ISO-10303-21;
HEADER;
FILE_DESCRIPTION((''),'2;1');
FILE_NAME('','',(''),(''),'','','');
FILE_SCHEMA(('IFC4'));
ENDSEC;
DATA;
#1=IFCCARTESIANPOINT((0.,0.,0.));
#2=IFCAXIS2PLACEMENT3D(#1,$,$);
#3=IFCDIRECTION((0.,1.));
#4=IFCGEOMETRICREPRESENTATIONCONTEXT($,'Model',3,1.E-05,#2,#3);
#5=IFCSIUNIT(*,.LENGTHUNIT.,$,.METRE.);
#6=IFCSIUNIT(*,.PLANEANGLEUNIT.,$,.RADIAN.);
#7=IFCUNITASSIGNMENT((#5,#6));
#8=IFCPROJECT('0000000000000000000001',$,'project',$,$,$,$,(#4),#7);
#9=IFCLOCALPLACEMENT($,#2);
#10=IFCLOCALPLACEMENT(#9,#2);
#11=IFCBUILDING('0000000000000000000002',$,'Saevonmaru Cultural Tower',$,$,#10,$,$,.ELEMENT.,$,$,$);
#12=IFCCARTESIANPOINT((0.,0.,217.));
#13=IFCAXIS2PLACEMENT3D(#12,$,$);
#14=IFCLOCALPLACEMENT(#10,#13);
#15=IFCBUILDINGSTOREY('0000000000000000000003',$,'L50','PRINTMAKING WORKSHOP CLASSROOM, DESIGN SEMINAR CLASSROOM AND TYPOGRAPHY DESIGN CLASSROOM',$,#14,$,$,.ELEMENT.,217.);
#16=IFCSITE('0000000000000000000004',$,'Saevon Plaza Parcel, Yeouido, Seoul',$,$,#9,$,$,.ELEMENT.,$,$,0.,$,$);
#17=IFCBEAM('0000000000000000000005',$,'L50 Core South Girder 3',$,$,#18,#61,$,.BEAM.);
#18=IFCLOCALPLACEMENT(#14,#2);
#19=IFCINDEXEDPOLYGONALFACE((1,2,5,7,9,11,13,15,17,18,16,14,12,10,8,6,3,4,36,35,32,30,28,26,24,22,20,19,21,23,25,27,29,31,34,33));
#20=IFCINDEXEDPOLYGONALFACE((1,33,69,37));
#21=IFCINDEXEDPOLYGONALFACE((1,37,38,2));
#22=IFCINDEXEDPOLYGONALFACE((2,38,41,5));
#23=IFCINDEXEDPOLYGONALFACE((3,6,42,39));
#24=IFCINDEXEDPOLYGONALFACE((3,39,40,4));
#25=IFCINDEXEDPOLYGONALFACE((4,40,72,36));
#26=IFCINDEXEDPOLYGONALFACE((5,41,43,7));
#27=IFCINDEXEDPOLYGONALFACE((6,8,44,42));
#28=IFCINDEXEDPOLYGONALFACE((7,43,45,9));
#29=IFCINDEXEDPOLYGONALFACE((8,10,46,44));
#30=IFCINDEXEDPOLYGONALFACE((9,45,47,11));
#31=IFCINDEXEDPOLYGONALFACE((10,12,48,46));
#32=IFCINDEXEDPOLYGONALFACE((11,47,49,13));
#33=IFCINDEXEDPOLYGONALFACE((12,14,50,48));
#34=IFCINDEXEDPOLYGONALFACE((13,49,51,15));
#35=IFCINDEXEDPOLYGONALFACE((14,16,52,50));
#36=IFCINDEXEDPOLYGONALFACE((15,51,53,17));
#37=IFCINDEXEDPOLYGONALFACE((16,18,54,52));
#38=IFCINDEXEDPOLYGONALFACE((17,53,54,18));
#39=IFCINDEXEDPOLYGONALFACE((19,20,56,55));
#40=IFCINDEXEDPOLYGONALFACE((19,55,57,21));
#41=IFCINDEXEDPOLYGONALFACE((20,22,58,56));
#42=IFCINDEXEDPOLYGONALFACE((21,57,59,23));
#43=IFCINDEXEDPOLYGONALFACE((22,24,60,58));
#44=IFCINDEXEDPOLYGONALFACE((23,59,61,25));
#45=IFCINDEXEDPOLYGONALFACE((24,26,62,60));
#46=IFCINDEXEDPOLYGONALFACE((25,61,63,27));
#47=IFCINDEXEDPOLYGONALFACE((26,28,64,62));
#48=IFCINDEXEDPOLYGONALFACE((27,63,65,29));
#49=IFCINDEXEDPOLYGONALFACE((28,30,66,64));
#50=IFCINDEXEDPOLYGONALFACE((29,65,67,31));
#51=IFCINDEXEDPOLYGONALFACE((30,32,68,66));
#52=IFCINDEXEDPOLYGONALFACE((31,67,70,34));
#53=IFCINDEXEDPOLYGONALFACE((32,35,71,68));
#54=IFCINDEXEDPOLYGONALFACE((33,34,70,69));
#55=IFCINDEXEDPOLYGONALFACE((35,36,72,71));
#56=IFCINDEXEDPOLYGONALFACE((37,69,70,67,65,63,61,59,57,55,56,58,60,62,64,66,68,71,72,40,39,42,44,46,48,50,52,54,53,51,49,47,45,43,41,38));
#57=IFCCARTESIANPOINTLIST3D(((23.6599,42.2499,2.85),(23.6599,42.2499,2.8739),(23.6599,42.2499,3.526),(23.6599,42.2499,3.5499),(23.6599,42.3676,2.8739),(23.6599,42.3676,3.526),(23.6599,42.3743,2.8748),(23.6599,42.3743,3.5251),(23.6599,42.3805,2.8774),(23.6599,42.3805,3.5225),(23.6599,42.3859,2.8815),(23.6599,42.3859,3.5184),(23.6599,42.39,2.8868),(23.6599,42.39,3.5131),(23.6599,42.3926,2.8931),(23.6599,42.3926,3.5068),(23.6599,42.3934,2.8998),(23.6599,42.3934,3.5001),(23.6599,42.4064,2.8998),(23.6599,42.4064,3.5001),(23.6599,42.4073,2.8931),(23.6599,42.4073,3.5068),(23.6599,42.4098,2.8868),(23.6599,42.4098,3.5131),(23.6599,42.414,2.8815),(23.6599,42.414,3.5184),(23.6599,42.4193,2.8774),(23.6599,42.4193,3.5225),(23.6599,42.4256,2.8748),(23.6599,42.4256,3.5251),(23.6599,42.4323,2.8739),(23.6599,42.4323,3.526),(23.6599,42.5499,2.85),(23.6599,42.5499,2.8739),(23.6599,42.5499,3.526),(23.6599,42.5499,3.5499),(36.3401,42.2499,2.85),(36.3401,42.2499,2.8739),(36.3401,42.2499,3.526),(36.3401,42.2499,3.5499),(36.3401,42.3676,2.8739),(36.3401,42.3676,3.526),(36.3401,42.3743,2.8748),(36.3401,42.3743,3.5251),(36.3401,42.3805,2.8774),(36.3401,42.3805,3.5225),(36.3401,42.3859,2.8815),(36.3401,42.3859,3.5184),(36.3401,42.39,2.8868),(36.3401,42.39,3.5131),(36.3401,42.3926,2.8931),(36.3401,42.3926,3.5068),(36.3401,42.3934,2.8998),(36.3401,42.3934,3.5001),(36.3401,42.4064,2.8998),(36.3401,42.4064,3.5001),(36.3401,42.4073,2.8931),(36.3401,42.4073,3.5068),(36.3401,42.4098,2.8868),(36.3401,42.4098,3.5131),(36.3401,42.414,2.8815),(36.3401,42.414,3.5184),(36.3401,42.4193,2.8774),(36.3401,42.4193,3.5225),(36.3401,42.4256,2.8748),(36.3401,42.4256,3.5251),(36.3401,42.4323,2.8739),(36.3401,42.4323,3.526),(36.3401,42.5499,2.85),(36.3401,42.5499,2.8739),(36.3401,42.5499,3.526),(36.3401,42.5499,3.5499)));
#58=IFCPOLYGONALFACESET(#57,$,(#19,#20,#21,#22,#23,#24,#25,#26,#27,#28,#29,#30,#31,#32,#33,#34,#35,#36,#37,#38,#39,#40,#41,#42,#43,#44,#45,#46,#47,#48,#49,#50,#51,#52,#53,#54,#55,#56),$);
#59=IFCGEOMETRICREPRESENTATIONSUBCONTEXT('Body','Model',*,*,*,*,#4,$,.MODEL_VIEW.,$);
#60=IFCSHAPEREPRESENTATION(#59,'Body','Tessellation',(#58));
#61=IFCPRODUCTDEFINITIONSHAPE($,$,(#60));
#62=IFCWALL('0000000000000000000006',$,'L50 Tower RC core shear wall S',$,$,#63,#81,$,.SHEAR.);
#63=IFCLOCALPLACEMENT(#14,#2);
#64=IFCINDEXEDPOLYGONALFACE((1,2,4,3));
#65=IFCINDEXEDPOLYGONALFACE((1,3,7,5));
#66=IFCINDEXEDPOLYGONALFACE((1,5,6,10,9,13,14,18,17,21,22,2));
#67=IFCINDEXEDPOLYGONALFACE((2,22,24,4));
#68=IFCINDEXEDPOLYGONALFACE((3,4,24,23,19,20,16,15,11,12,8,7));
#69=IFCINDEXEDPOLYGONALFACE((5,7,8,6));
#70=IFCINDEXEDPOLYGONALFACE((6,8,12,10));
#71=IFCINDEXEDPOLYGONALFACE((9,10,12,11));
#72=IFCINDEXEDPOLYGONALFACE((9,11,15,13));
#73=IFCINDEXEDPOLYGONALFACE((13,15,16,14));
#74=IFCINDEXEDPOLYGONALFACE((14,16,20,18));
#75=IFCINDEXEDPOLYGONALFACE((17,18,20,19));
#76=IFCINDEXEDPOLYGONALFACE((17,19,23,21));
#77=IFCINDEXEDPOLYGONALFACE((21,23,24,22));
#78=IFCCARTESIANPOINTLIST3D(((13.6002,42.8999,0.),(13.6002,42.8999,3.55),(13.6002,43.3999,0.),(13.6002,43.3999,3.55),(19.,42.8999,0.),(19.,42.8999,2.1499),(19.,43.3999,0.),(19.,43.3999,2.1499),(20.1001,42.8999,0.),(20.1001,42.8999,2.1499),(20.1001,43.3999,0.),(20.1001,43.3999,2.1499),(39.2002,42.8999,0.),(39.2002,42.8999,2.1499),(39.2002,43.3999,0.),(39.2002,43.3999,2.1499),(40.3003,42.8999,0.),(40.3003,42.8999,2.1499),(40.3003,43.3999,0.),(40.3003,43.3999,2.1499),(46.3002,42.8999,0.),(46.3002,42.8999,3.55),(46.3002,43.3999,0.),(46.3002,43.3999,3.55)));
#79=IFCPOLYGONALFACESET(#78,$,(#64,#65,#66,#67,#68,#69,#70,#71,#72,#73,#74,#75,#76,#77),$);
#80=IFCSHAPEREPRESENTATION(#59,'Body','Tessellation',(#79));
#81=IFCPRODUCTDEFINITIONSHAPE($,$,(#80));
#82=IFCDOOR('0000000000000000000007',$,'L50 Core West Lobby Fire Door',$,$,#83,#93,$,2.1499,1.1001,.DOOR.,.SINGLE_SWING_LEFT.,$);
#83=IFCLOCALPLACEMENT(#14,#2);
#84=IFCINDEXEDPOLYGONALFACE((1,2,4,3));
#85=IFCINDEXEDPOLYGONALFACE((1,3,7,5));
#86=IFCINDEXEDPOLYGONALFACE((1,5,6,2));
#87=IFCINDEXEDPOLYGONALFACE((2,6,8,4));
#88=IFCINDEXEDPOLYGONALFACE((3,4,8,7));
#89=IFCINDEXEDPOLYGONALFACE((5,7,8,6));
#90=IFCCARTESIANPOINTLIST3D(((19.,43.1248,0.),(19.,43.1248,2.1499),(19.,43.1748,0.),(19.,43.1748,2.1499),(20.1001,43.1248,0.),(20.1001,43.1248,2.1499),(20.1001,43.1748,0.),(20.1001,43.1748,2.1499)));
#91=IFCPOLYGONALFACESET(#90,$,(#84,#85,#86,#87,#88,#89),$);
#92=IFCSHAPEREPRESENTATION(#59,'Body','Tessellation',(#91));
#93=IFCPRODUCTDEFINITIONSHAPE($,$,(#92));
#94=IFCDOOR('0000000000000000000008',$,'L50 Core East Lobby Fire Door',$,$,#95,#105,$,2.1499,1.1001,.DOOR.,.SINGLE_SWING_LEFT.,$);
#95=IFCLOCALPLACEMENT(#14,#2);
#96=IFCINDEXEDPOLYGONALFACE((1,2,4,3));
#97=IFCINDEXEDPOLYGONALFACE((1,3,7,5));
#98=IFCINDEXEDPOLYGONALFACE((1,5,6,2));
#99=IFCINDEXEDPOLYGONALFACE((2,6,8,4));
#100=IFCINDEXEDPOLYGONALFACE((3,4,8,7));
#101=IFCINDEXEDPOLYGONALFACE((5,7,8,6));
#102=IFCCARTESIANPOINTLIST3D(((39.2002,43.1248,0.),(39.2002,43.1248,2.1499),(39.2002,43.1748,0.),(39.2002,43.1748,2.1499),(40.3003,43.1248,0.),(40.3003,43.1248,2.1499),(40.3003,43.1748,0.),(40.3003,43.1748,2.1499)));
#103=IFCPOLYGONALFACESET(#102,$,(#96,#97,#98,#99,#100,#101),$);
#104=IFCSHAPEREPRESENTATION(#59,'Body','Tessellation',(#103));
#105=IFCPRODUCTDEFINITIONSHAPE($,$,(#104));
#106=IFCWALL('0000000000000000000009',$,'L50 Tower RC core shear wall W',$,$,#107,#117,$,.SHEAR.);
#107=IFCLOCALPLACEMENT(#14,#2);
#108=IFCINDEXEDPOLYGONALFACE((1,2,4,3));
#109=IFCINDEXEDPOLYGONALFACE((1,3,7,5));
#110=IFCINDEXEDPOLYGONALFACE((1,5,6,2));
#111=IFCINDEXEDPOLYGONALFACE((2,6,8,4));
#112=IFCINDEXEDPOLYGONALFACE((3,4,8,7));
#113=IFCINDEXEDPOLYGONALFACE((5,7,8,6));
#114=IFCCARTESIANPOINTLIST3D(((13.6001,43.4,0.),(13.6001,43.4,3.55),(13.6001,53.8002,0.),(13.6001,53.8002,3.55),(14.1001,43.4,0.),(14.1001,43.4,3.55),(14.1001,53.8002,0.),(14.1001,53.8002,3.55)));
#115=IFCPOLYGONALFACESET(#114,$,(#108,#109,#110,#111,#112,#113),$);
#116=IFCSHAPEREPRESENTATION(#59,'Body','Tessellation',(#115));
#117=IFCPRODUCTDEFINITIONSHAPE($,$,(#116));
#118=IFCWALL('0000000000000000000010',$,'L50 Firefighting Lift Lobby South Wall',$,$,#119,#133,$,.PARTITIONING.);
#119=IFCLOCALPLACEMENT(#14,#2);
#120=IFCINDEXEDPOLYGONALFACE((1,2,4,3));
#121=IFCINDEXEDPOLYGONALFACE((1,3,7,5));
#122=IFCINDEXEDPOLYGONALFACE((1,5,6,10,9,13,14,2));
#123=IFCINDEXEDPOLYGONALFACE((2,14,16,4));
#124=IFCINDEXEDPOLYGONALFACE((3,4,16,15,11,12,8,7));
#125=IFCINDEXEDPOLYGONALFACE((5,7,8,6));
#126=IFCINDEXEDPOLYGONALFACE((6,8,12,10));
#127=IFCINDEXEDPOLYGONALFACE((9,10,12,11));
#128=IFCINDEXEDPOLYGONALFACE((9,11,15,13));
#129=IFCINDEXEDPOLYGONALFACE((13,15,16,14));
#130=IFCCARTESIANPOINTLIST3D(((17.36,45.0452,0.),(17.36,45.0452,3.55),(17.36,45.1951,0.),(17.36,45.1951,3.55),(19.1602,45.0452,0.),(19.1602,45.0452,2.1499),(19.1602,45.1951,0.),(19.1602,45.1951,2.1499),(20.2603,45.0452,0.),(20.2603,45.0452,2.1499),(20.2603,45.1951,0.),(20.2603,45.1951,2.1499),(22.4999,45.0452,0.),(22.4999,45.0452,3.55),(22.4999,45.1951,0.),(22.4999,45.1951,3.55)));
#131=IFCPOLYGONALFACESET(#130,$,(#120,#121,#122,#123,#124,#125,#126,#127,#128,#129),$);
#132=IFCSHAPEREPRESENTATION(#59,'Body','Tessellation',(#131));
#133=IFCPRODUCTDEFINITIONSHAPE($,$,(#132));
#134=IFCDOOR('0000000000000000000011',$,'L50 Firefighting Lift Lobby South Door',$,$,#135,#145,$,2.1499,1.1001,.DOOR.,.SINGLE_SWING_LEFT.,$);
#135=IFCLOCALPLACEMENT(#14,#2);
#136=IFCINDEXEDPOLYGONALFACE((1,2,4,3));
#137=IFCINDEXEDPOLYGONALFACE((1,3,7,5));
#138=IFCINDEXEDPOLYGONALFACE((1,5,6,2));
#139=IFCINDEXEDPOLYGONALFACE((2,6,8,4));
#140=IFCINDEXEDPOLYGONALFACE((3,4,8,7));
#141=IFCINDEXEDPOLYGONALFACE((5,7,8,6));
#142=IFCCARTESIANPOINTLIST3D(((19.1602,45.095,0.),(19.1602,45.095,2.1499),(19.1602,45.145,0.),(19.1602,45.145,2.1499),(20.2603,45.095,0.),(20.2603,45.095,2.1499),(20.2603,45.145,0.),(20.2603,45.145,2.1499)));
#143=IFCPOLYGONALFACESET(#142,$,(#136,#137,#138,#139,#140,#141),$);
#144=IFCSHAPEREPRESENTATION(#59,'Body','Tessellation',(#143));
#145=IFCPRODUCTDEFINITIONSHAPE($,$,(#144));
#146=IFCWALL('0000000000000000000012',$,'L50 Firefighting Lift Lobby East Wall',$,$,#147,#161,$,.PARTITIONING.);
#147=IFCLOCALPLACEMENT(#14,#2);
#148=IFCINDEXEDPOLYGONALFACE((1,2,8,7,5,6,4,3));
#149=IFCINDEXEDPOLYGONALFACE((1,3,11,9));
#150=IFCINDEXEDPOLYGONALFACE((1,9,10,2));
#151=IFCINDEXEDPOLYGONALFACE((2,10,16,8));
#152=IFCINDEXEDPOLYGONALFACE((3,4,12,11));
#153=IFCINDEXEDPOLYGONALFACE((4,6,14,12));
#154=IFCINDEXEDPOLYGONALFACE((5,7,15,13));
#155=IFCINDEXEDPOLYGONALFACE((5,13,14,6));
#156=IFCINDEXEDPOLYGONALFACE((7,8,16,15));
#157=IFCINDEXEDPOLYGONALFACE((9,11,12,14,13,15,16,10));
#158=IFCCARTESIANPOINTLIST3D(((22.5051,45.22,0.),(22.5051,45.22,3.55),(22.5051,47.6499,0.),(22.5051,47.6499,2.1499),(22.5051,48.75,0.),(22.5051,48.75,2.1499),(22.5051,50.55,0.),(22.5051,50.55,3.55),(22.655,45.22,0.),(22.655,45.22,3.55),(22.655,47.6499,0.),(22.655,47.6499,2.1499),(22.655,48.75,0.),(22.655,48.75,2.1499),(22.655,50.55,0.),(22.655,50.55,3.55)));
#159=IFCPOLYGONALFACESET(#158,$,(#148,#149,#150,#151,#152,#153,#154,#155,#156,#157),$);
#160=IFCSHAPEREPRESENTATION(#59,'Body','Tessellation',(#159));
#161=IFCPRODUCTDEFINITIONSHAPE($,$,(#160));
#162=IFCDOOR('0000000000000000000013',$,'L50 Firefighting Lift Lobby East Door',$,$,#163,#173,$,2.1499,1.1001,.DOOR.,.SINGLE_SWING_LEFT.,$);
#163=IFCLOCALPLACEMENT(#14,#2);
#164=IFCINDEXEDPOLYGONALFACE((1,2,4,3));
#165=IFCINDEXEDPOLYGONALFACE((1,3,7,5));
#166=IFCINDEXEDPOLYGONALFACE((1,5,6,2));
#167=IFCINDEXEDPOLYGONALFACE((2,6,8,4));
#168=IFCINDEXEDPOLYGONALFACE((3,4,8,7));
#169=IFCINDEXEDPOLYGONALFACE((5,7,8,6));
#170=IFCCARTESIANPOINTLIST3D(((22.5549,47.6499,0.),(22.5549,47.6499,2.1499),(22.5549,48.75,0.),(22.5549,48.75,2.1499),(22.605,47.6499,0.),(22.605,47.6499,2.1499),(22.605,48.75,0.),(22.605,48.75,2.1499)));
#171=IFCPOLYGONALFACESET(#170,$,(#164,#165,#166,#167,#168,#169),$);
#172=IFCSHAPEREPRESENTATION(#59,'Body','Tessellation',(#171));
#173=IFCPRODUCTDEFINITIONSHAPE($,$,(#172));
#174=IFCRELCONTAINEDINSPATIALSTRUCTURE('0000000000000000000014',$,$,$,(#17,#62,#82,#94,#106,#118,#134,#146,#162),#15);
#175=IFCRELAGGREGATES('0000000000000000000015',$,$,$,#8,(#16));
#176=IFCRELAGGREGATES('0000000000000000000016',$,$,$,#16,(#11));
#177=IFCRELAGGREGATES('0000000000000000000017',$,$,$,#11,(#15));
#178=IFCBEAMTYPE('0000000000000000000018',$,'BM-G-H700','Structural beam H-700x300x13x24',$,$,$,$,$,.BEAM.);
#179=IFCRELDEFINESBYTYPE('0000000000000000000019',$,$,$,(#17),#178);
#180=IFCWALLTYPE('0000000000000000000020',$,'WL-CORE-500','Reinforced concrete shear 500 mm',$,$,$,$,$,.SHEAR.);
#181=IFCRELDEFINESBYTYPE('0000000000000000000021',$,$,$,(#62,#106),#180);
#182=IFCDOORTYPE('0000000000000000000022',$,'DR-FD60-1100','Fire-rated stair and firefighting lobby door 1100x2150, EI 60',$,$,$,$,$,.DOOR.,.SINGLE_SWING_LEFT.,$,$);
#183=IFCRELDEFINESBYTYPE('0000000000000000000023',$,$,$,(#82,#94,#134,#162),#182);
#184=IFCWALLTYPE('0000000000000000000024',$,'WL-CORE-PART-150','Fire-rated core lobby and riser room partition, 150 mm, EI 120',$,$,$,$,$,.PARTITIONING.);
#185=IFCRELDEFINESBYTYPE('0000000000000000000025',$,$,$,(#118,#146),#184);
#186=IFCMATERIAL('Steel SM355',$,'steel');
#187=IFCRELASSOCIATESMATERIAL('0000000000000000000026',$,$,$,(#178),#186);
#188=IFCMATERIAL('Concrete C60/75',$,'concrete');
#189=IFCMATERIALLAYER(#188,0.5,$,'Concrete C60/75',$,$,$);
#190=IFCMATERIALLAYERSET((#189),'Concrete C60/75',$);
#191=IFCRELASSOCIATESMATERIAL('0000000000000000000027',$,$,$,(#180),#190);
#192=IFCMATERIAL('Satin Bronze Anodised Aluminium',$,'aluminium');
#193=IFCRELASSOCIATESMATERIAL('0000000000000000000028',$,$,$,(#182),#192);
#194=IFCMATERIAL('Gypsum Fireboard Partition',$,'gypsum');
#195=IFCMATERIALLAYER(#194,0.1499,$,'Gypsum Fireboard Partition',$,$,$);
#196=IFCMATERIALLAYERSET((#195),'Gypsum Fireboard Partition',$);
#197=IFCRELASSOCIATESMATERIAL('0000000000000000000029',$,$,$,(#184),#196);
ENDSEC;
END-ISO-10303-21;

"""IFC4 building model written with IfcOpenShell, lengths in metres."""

from ifc_helpers import new_model, si_unit, direction, frame, frame_2d, origin, origin_2d, place, context, subcontext, project, spatial, rectangle, i_section, extrude, material, layer, layer_set, material_profile, profile_set, type_object, element, fill, save


model = new_model("IFC4")

# Units and contexts
model_context = context("Model", 3, precision=1e-05, world=origin(), true_north=direction((0.0, 1.0)))
body_context = subcontext(model_context, "Body", "Model", "MODEL_VIEW")
ifc_project = project(units=[si_unit("LENGTHUNIT", "METRE"), si_unit("PLANEANGLEUNIT", "RADIAN")], contexts=[model_context])

# Site, building, storey
site_placement = place(None, origin())
site = spatial("IfcSite", under=ifc_project, at=site_placement, Name="Saevon Plaza Parcel, Yeouido, Seoul", CompositionType="ELEMENT", RefElevation=0.0)
building_placement = place(site_placement, origin())
building = spatial("IfcBuilding", under=site, at=building_placement, Name="Saevonmaru Cultural Tower", CompositionType="ELEMENT")
storey_placement = place(building_placement, frame((0.0, 0.0, 217.0)))
storey = spatial("IfcBuildingStorey", under=building, at=storey_placement, Name="L50", Description="PRINTMAKING WORKSHOP CLASSROOM, DESIGN SEMINAR CLASSROOM AND TYPOGRAPHY DESIGN CLASSROOM", CompositionType="ELEMENT", Elevation=217.0)

# Beam
ifc_material_1 = material(Name="Steel SM355", Category="steel")
ifc_material_profile = material_profile(ifc_material_1, i_section(OverallWidth=0.3, OverallDepth=0.7, WebThickness=0.0129, FlangeThickness=0.0239, FilletRadius=0.0259, at=origin_2d()), Name="H-700x300x13x24")
ifc_profile_set = profile_set([ifc_material_profile], Name="Steel SM355")
beam_type = type_object("IfcBeamType", Name="BM-G-H700", Description="Structural beam H-700x300x13x24", PredefinedType="BEAM", material=ifc_profile_set)
beam_placement = place(storey_placement, frame((23.6599, 42.3999, 3.2), z_axis=(1.0, 0.0, 0.0), x_axis=(0.0, 1.0, 0.0)))
element("IfcBeam", 1, at=beam_placement, inside=storey, type_object=beam_type, Name="L50 Core South Girder 3", PredefinedType="BEAM", context=body_context, shape_type="SweptSolid", body=[
    extrude(i_section(OverallWidth=0.3, OverallDepth=0.7, WebThickness=0.0129, FlangeThickness=0.0239, FilletRadius=0.0259, at=origin_2d()), origin(), (0.0, 0.0, 1.0), 12.6802),
])

# Wall, openings, doors
ifc_material_2 = material(Name="Concrete C60/75", Category="concrete")
ifc_layer_1 = layer(ifc_material_2, 0.5, Name="Concrete C60/75")
ifc_layer_set_1 = layer_set([ifc_layer_1], Name="Concrete C60/75")
wall_type_1 = type_object("IfcWallType", Name="WL-CORE-500", Description="Reinforced concrete shear 500 mm", PredefinedType="SHEAR", material=ifc_layer_set_1)
wall_1_placement = place(storey_placement, frame((13.6001, 43.1499, 0.0), z_axis=(0.0, 0.0, 1.0), x_axis=(1.0, 0.0, 0.0)))
wall_1 = element("IfcWall", 2, at=wall_1_placement, inside=storey, type_object=wall_type_1, Name="L50 Tower RC core shear wall S", PredefinedType="SHEAR", context=body_context, shape_type="SweptSolid", body=[
    extrude(rectangle(XDim=32.7, YDim=0.5, at=frame_2d((16.3501, 0.0))), origin(), (0.0, 0.0, 1.0), 3.55),
])
opening_1_placement = place(wall_1_placement, frame((5.3999, 0.0, 0.0)))
opening_1 = element("IfcOpeningElement", 3, at=opening_1_placement, cuts=wall_1, PredefinedType="OPENING", context=body_context, shape_type="SweptSolid", body=[
    extrude(rectangle(XDim=1.1001, YDim=2.1499, at=frame_2d((0.55, 1.075))), frame((0.0, 0.26, 0.0), z_axis=(0.0, -1.0, 0.0), x_axis=(1.0, 0.0, 0.0)), (0.0, 0.0, 1.0), 0.52),
])
opening_2_placement = place(wall_1_placement, frame((25.6001, 0.0, 0.0)))
opening_2 = element("IfcOpeningElement", 4, at=opening_2_placement, cuts=wall_1, PredefinedType="OPENING", context=body_context, shape_type="SweptSolid", body=[
    extrude(rectangle(XDim=1.1001, YDim=2.1499, at=frame_2d((0.55, 1.075))), frame((0.0, 0.26, 0.0), z_axis=(0.0, -1.0, 0.0), x_axis=(1.0, 0.0, 0.0)), (0.0, 0.0, 1.0), 0.52),
])
ifc_material_3 = material(Name="Satin Bronze Anodised Aluminium", Category="aluminium")
door_type_1 = type_object("IfcDoorType", Name="DR-FD60-1100", Description="Fire-rated stair and firefighting lobby door 1100x2150, EI 60", OperationType="SINGLE_SWING_LEFT", PredefinedType="DOOR", material=ifc_material_3)
door_1_placement = place(opening_1_placement, origin())
door_1 = element("IfcDoor", 5, at=door_1_placement, inside=storey, type_object=door_type_1, Name="L50 Core West Lobby Fire Door", OperationType="SINGLE_SWING_LEFT", OverallHeight=2.1499, OverallWidth=1.1001, PredefinedType="DOOR", context=body_context, shape_type="SweptSolid", body=[
    extrude(rectangle(XDim=1.1001, YDim=2.1499, at=frame_2d((0.55, 1.075))), frame((0.0, 0.0249, 0.0), z_axis=(0.0, -1.0, 0.0), x_axis=(1.0, 0.0, 0.0)), (0.0, 0.0, 1.0), 0.05),
])
fill(opening_1, door_1)
door_2_placement = place(opening_2_placement, origin())
door_2 = element("IfcDoor", 6, at=door_2_placement, inside=storey, type_object=door_type_1, Name="L50 Core East Lobby Fire Door", OperationType="SINGLE_SWING_LEFT", OverallHeight=2.1499, OverallWidth=1.1001, PredefinedType="DOOR", context=body_context, shape_type="SweptSolid", body=[
    extrude(rectangle(XDim=1.1001, YDim=2.1499, at=frame_2d((0.55, 1.075))), frame((0.0, 0.0249, 0.0), z_axis=(0.0, -1.0, 0.0), x_axis=(1.0, 0.0, 0.0)), (0.0, 0.0, 1.0), 0.05),
])
fill(opening_2, door_2)

# Wall
wall_2_placement = place(storey_placement, frame((13.8501, 43.3999, 0.0), z_axis=(0.0, 0.0, 1.0), x_axis=(0.0, 1.0, 0.0)))
element("IfcWall", 7, at=wall_2_placement, inside=storey, type_object=wall_type_1, Name="L50 Tower RC core shear wall W", PredefinedType="SHEAR", context=body_context, shape_type="SweptSolid", body=[
    extrude(rectangle(XDim=10.4001, YDim=0.5, at=frame_2d((5.2002, 0.0))), origin(), (0.0, 0.0, 1.0), 3.55),
])

# Walls, openings, doors
ifc_material_4 = material(Name="Gypsum Fireboard Partition", Category="gypsum")
ifc_layer_2 = layer(ifc_material_4, 0.1499, Name="Gypsum Fireboard Partition")
ifc_layer_set_2 = layer_set([ifc_layer_2], Name="Gypsum Fireboard Partition")
wall_type_2 = type_object("IfcWallType", Name="WL-CORE-PART-150", Description="Fire-rated core lobby and riser room partition, 150 mm, EI 120", PredefinedType="PARTITIONING", material=ifc_layer_set_2)
wall_3_placement = place(storey_placement, frame((17.3601, 45.1201, 0.0), z_axis=(0.0, 0.0, 1.0), x_axis=(1.0, 0.0, 0.0)))
wall_3 = element("IfcWall", 8, at=wall_3_placement, inside=storey, type_object=wall_type_2, Name="L50 Firefighting Lift Lobby South Wall", PredefinedType="PARTITIONING", context=body_context, shape_type="SweptSolid", body=[
    extrude(rectangle(XDim=5.1399, YDim=0.1499, at=frame_2d((2.5698, 0.0))), origin(), (0.0, 0.0, 1.0), 3.55),
])
opening_3_placement = place(wall_3_placement, frame((1.8, 0.0, 0.0)))
opening_3 = element("IfcOpeningElement", 9, at=opening_3_placement, cuts=wall_3, PredefinedType="OPENING", context=body_context, shape_type="SweptSolid", body=[
    extrude(rectangle(XDim=1.1001, YDim=2.1499, at=frame_2d((0.55, 1.075))), frame((0.0, 0.085, 0.0), z_axis=(0.0, -1.0, 0.0), x_axis=(1.0, 0.0, 0.0)), (0.0, 0.0, 1.0), 0.1699),
])
door_3_placement = place(opening_3_placement, origin())
door_3 = element("IfcDoor", 10, at=door_3_placement, inside=storey, type_object=door_type_1, Name="L50 Firefighting Lift Lobby South Door", OperationType="SINGLE_SWING_LEFT", OverallHeight=2.1499, OverallWidth=1.1001, PredefinedType="DOOR", context=body_context, shape_type="SweptSolid", body=[
    extrude(rectangle(XDim=1.1001, YDim=2.1499, at=frame_2d((0.55, 1.075))), frame((0.0, 0.0249, 0.0), z_axis=(0.0, -1.0, 0.0), x_axis=(1.0, 0.0, 0.0)), (0.0, 0.0, 1.0), 0.05),
])
fill(opening_3, door_3)
wall_4_placement = place(storey_placement, frame((22.5801, 50.55, 0.0), z_axis=(0.0, 0.0, 1.0), x_axis=(0.0, -1.0, 0.0)))
wall_4 = element("IfcWall", 11, at=wall_4_placement, inside=storey, type_object=wall_type_2, Name="L50 Firefighting Lift Lobby East Wall", PredefinedType="PARTITIONING", context=body_context, shape_type="SweptSolid", body=[
    extrude(rectangle(XDim=5.3301, YDim=0.1499, at=frame_2d((2.665, 0.0))), origin(), (0.0, 0.0, 1.0), 3.55),
])
opening_4_placement = place(wall_4_placement, frame((1.8, 0.0, 0.0)))
opening_4 = element("IfcOpeningElement", 12, at=opening_4_placement, cuts=wall_4, PredefinedType="OPENING", context=body_context, shape_type="SweptSolid", body=[
    extrude(rectangle(XDim=1.1001, YDim=2.1499, at=frame_2d((0.55, 1.075))), frame((0.0, 0.085, 0.0), z_axis=(0.0, -1.0, 0.0), x_axis=(1.0, 0.0, 0.0)), (0.0, 0.0, 1.0), 0.1699),
])
door_4_placement = place(opening_4_placement, origin())
door_4 = element("IfcDoor", 13, at=door_4_placement, inside=storey, type_object=door_type_1, Name="L50 Firefighting Lift Lobby East Door", OperationType="SINGLE_SWING_LEFT", OverallHeight=2.1499, OverallWidth=1.1001, PredefinedType="DOOR", context=body_context, shape_type="SweptSolid", body=[
    extrude(rectangle(XDim=1.1001, YDim=2.1499, at=frame_2d((0.55, 1.075))), frame((0.0, 0.0249, 0.0), z_axis=(0.0, -1.0, 0.0), x_axis=(1.0, 0.0, 0.0)), (0.0, 0.0, 1.0), 0.05),
])
fill(opening_4, door_4)

save(model, "model.ifc")
